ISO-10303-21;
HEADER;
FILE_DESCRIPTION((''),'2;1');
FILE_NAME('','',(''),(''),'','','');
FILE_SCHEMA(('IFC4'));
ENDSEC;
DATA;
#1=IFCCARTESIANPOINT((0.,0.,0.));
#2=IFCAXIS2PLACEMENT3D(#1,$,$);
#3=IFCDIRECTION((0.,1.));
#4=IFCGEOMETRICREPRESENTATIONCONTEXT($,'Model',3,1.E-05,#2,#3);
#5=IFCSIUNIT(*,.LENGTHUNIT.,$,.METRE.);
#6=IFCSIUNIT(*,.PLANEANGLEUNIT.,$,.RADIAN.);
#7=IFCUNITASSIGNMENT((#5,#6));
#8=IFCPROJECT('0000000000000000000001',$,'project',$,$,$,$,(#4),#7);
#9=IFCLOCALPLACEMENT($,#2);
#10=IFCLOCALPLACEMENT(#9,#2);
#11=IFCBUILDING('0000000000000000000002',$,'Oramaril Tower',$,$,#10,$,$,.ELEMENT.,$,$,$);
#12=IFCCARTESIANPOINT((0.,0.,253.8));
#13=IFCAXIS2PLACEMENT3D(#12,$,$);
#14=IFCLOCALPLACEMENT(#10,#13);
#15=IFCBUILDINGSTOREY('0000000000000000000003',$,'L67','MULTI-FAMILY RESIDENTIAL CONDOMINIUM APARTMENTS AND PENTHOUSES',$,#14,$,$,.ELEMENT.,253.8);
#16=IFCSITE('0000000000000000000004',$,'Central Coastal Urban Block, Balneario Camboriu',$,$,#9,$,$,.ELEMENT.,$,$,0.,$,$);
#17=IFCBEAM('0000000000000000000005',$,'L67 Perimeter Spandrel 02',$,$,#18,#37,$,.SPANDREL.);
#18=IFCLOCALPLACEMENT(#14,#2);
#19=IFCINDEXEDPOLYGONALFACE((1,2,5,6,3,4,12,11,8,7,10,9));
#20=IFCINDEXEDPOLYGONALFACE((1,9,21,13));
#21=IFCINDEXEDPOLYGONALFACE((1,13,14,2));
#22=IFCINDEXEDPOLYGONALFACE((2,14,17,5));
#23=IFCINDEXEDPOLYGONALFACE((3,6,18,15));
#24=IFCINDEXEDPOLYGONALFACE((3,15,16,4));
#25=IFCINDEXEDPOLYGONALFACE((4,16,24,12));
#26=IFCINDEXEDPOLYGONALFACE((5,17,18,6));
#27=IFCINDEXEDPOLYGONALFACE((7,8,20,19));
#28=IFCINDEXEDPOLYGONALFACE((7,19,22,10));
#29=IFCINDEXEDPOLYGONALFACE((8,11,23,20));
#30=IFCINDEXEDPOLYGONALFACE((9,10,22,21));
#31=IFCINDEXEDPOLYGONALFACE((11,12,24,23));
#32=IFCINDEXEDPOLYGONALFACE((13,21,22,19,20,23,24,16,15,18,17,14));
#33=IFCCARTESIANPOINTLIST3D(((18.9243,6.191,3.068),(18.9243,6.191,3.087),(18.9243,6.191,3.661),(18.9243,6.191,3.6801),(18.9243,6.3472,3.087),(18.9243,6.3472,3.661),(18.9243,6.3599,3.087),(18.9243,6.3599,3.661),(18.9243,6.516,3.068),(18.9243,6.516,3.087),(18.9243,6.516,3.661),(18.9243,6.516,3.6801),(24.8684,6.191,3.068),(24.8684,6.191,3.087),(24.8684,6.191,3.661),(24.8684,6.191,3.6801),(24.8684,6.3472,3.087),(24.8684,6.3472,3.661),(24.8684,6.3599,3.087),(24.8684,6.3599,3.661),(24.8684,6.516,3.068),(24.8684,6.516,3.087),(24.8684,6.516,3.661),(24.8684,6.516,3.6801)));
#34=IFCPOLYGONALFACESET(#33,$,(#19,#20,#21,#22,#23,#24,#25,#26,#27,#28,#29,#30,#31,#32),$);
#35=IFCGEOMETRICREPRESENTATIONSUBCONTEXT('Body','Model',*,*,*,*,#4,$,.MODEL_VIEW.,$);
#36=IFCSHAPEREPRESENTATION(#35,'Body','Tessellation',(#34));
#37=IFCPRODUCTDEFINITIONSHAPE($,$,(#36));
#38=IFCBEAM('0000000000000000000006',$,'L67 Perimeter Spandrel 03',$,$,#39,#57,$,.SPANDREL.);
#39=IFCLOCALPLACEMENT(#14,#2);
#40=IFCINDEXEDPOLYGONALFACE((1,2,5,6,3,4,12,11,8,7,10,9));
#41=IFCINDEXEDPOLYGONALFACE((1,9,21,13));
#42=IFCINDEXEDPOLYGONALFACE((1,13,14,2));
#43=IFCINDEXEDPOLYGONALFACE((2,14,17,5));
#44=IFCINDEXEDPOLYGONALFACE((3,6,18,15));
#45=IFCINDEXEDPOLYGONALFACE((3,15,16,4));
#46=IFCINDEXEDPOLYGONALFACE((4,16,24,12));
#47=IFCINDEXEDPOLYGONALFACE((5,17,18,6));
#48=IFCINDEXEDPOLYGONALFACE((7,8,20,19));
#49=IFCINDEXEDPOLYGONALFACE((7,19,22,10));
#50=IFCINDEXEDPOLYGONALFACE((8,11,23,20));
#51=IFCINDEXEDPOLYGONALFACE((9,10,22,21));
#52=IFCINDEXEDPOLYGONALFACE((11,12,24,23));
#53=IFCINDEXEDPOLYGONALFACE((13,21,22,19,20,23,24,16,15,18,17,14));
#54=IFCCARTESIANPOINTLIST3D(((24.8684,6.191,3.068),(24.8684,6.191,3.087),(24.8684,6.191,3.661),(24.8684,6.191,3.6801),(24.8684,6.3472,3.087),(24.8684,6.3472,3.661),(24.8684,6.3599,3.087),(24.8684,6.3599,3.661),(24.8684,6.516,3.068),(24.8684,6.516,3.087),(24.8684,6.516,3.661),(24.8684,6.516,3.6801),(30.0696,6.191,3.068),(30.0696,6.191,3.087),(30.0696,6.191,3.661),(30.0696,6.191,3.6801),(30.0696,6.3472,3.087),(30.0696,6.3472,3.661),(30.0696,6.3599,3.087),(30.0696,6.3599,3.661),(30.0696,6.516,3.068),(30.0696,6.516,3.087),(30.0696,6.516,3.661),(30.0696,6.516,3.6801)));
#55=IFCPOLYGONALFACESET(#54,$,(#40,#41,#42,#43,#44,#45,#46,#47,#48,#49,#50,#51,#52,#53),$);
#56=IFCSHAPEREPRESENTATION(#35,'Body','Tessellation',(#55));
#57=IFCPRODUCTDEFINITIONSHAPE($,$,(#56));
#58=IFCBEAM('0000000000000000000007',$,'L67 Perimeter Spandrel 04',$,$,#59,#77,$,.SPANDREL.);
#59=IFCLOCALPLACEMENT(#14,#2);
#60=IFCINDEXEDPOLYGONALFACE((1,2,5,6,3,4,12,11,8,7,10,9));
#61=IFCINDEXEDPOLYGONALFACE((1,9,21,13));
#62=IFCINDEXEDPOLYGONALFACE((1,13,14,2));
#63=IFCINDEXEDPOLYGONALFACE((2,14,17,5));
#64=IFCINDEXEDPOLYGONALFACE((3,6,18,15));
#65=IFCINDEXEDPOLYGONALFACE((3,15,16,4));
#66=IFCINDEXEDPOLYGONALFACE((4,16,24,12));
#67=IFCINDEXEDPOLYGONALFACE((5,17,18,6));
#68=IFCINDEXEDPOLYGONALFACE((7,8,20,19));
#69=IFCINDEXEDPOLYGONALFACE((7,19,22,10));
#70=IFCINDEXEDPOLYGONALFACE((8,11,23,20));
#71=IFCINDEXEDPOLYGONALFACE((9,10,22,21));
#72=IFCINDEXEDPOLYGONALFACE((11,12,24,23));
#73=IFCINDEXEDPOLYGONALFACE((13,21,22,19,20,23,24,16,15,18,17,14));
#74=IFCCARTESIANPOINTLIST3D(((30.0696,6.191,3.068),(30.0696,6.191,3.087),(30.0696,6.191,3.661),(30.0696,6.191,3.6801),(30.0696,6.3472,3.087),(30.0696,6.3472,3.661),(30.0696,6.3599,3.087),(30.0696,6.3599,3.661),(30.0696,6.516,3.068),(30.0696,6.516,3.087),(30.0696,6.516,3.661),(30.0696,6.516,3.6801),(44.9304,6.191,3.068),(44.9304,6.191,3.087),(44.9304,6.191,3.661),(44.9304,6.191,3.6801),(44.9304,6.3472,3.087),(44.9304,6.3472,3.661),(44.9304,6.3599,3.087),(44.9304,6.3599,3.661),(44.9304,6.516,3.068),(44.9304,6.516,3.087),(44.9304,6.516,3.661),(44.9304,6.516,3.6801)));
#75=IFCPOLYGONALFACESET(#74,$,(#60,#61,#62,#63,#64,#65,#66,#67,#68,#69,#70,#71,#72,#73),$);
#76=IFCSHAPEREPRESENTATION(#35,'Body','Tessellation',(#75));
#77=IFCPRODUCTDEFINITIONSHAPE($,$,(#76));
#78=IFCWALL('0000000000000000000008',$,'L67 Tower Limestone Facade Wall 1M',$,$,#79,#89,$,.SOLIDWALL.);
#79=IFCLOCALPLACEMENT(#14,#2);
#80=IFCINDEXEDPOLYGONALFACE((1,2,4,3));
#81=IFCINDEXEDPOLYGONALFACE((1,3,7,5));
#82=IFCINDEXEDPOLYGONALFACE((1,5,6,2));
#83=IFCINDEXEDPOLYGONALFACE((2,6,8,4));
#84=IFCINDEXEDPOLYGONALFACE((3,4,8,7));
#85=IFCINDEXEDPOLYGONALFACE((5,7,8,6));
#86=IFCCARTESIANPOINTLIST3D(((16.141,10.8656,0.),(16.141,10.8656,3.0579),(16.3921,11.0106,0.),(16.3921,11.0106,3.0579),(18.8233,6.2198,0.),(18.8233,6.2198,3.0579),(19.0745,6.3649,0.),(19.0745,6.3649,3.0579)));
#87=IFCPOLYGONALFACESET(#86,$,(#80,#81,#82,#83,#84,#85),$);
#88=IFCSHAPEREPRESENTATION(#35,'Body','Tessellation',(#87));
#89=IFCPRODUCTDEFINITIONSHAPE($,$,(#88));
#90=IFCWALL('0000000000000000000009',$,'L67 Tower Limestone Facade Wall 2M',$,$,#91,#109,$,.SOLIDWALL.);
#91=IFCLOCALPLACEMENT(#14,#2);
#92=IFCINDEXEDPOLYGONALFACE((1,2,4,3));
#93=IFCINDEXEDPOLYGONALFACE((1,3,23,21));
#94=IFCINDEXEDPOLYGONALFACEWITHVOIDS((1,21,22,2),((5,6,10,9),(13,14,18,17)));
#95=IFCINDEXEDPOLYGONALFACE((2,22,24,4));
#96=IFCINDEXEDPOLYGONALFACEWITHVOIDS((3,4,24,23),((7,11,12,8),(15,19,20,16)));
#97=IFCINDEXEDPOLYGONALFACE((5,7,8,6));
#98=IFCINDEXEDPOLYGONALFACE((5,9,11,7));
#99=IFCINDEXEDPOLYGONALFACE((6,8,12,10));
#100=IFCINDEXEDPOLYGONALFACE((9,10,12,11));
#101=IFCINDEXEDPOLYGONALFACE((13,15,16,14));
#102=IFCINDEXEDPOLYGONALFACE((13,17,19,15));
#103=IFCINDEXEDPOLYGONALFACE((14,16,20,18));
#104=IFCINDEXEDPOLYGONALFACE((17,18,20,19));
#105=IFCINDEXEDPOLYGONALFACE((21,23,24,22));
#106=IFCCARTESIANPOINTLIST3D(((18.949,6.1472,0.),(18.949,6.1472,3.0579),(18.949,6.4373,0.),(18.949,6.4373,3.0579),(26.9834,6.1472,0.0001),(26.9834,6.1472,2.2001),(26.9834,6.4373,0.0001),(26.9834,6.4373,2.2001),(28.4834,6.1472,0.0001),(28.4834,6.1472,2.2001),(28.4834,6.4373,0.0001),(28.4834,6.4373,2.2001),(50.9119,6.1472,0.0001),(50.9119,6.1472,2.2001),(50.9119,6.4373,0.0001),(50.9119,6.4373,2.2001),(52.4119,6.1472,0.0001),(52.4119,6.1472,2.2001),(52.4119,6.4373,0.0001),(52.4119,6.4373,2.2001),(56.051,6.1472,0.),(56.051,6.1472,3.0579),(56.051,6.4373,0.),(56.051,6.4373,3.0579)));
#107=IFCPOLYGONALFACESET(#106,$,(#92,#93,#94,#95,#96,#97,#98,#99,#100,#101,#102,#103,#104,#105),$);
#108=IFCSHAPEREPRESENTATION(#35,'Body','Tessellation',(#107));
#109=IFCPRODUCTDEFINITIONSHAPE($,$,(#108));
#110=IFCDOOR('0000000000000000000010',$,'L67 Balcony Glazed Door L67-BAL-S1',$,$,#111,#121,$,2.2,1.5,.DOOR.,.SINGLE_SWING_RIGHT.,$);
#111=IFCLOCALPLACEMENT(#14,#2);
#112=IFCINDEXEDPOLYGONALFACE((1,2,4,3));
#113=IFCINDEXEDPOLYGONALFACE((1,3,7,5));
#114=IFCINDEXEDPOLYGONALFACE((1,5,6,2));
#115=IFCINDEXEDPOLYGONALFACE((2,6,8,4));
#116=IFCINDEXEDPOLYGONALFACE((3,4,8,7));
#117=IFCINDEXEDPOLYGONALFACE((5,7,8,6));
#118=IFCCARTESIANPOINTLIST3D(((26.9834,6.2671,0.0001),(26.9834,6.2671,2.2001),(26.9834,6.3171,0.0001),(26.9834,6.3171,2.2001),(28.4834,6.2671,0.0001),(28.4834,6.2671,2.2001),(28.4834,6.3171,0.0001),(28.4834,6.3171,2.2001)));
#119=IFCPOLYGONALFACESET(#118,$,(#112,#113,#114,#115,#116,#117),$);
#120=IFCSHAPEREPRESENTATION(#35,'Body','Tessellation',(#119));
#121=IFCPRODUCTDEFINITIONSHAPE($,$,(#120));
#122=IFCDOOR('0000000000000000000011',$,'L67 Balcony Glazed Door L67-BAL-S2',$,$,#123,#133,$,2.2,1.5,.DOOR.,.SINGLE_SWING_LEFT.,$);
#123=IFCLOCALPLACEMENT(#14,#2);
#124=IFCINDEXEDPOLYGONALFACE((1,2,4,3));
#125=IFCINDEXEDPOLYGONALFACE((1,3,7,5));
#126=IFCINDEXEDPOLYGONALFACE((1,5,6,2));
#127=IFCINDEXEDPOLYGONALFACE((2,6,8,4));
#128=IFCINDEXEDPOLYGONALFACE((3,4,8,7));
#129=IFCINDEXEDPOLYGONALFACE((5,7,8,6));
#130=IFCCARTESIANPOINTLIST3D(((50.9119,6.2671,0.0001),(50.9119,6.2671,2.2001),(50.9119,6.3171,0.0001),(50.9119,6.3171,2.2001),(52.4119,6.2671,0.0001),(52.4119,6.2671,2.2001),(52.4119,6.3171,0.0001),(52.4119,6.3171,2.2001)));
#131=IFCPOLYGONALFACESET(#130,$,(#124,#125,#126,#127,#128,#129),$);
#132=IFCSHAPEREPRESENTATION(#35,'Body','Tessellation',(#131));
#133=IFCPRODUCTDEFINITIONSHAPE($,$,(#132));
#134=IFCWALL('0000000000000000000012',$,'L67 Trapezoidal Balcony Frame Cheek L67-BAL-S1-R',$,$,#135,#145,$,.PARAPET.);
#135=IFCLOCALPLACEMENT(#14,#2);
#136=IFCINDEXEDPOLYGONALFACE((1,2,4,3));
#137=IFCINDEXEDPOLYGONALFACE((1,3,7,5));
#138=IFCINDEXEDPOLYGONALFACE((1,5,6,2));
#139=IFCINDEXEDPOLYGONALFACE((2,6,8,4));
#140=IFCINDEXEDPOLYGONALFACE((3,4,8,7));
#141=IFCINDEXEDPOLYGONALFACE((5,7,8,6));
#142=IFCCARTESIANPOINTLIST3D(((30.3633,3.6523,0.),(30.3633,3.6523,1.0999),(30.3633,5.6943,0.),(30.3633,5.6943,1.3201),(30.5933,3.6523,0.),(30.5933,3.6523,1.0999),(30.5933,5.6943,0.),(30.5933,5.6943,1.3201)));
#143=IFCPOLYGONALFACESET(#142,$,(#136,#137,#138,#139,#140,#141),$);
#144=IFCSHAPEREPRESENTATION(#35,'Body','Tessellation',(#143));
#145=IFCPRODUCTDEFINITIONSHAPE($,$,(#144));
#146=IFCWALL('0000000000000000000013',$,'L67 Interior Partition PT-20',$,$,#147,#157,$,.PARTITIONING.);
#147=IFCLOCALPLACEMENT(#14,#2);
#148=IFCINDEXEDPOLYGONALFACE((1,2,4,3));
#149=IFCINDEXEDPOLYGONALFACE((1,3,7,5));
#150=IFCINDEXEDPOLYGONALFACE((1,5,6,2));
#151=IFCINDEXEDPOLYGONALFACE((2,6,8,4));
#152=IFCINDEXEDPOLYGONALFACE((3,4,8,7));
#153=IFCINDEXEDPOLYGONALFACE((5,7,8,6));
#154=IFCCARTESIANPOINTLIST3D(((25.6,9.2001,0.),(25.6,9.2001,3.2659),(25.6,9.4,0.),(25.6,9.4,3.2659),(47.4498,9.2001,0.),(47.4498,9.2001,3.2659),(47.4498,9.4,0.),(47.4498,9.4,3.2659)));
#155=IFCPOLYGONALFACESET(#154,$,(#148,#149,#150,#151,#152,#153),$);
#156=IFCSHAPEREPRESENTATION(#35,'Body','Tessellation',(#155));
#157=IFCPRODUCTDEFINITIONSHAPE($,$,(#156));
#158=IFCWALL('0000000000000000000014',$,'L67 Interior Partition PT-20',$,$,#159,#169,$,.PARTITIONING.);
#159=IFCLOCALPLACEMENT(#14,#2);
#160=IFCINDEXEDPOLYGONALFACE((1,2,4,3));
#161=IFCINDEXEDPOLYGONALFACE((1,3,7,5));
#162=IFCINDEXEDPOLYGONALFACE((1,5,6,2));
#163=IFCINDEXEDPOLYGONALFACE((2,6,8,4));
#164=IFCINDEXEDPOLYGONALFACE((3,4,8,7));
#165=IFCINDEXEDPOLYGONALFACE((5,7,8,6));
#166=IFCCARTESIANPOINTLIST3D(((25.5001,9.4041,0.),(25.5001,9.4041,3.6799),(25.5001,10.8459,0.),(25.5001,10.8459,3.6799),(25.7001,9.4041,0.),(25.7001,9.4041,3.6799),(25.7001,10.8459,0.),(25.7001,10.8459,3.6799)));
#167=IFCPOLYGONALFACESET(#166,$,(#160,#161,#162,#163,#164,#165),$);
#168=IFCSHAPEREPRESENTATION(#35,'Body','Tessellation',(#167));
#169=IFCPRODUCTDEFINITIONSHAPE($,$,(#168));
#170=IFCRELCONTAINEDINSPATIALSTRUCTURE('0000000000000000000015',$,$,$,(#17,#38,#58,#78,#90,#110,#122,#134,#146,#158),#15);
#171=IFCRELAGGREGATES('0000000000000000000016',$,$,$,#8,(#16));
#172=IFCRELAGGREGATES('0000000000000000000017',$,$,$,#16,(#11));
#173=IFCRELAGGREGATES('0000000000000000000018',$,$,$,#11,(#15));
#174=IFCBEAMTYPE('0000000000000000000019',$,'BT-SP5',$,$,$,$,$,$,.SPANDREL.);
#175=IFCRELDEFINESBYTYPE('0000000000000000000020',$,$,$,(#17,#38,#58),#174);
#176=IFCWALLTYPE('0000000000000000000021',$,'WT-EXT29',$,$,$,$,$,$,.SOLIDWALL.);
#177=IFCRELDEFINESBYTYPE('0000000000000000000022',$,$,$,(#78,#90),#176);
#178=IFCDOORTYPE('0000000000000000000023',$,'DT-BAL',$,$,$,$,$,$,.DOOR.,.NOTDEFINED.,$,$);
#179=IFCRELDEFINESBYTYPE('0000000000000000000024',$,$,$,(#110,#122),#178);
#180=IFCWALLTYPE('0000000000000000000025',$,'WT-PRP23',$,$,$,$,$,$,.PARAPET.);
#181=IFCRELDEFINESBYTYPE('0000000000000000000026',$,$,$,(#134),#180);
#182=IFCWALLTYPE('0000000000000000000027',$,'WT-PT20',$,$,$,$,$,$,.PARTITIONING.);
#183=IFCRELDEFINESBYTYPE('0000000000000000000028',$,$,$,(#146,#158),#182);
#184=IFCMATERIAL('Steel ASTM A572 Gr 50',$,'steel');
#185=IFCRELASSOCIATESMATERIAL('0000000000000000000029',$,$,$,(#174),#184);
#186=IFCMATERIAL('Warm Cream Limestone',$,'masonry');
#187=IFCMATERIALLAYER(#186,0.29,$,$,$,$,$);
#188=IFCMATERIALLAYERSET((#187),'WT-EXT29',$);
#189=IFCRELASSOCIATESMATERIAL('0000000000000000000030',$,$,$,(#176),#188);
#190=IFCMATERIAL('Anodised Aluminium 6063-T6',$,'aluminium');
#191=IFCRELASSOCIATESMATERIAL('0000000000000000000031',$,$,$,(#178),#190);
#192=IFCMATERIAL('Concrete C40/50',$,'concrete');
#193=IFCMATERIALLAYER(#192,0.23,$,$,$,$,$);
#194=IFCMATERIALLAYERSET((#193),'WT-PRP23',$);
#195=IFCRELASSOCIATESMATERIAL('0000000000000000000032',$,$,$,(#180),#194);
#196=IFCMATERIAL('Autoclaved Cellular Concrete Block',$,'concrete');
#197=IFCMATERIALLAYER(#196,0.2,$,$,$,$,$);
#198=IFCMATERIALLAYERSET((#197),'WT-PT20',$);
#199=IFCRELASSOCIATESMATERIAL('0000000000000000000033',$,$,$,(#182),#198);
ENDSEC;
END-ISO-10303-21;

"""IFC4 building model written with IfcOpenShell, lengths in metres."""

from ifc_helpers import new_model, si_unit, direction, frame, frame_2d, origin, origin_2d, place, context, subcontext, project, spatial, polyline, rectangle, i_section, outline, extrude, material, layer, layer_set, material_profile, profile_set, type_object, element, fill, save


model = new_model("IFC4")

# Units and contexts
model_context = context("Model", 3, precision=1e-05, world=origin(), true_north=direction((0.0, 1.0)))
body_context = subcontext(model_context, "Body", "Model", "MODEL_VIEW")
ifc_project = project(units=[si_unit("LENGTHUNIT", "METRE"), si_unit("PLANEANGLEUNIT", "RADIAN")], contexts=[model_context])

# Site, building, storey
site_placement = place(None, origin())
site = spatial("IfcSite", under=ifc_project, at=site_placement, Name="Central Coastal Urban Block, Balneario Camboriu", CompositionType="ELEMENT", RefElevation=0.0)
building_placement = place(site_placement, origin())
building = spatial("IfcBuilding", under=site, at=building_placement, Name="Oramaril Tower", CompositionType="ELEMENT")
storey_placement = place(building_placement, frame((0.0, 0.0, 253.8)))
storey = spatial("IfcBuildingStorey", under=building, at=storey_placement, Name="L67", Description="MULTI-FAMILY RESIDENTIAL CONDOMINIUM APARTMENTS AND PENTHOUSES", CompositionType="ELEMENT", Elevation=253.8)

# Beams
ifc_material_1 = material(Name="Steel ASTM A572 Gr 50", Category="steel")
ifc_material_profile_1 = material_profile(ifc_material_1, i_section(OverallWidth=0.325, OverallDepth=0.6121, WebThickness=0.0127, FlangeThickness=0.019, at=origin_2d()), Name="W24X104")
ifc_profile_set_1 = profile_set([ifc_material_profile_1], Name="Steel ASTM A572 Gr 50")
beam_type_1 = type_object("IfcBeamType", Name="BT-SP5", PredefinedType="SPANDREL", material=ifc_profile_set_1)
beam_1_placement = place(storey_placement, frame((18.9243, 6.3535, 3.374), z_axis=(1.0, 0.0, 0.0), x_axis=(0.0, 1.0, 0.0)))
element("IfcBeam", 1, at=beam_1_placement, inside=storey, type_object=beam_type_1, Name="L67 Perimeter Spandrel 02", PredefinedType="SPANDREL", context=body_context, shape_type="SweptSolid", body=[
    extrude(i_section(OverallWidth=0.325, OverallDepth=0.6121, WebThickness=0.0127, FlangeThickness=0.019, at=origin_2d()), origin(), (0.0, 0.0, 1.0), 5.9441),
])
beam_2_placement = place(storey_placement, frame((24.8684, 6.3535, 3.374), z_axis=(1.0, 0.0, 0.0), x_axis=(0.0, 1.0, 0.0)))
element("IfcBeam", 2, at=beam_2_placement, inside=storey, type_object=beam_type_1, Name="L67 Perimeter Spandrel 03", PredefinedType="SPANDREL", context=body_context, shape_type="SweptSolid", body=[
    extrude(i_section(OverallWidth=0.325, OverallDepth=0.6121, WebThickness=0.0127, FlangeThickness=0.019, at=origin_2d()), origin(), (0.0, 0.0, 1.0), 5.2012),
])
beam_3_placement = place(storey_placement, frame((30.0696, 6.3535, 3.374), z_axis=(1.0, 0.0, 0.0), x_axis=(0.0, 1.0, 0.0)))
element("IfcBeam", 3, at=beam_3_placement, inside=storey, type_object=beam_type_1, Name="L67 Perimeter Spandrel 04", PredefinedType="SPANDREL", context=body_context, shape_type="SweptSolid", body=[
    extrude(i_section(OverallWidth=0.325, OverallDepth=0.6121, WebThickness=0.0127, FlangeThickness=0.019, at=origin_2d()), origin(), (0.0, 0.0, 1.0), 14.8608),
])

# Wall
ifc_material_2 = material(Name="Warm Cream Limestone", Category="masonry")
ifc_layer_1 = layer(ifc_material_2, 0.29)
ifc_layer_set_1 = layer_set([ifc_layer_1], Name="WT-EXT29")
wall_type_1 = type_object("IfcWallType", Name="WT-EXT29", PredefinedType="SOLIDWALL", material=ifc_layer_set_1)
wall_1_placement = place(storey_placement, frame((16.2666, 10.938, 0.0), z_axis=(0.0, 0.0, 1.0), x_axis=(0.500021, -0.866014, 0.0)))
element("IfcWall", 4, at=wall_1_placement, inside=storey, type_object=wall_type_1, Name="L67 Tower Limestone Facade Wall 1M", PredefinedType="SOLIDWALL", context=body_context, shape_type="SweptSolid", body=[
    extrude(rectangle(XDim=5.3645, YDim=0.29, at=frame_2d((2.6821, 0.0))), origin(), (0.0, 0.0, 1.0), 3.0579),
])

# Wall, openings, doors
wall_2_placement = place(storey_placement, frame((18.949, 6.2922, 0.0), z_axis=(0.0, 0.0, 1.0), x_axis=(1.0, 0.0, 0.0)))
wall_2 = element("IfcWall", 5, at=wall_2_placement, inside=storey, type_object=wall_type_1, Name="L67 Tower Limestone Facade Wall 2M", PredefinedType="SOLIDWALL", context=body_context, shape_type="SweptSolid", body=[
    extrude(rectangle(XDim=37.1021, YDim=0.29, at=frame_2d((18.551, 0.0))), origin(), (0.0, 0.0, 1.0), 3.0579),
])
opening_1_placement = place(wall_2_placement, frame((8.0344, 0.0, 0.0)))
opening_1 = element("IfcOpeningElement", 6, at=opening_1_placement, cuts=wall_2, PredefinedType="OPENING", context=body_context, shape_type="SweptSolid", body=[
    extrude(rectangle(XDim=1.5, YDim=2.2, at=frame_2d((0.75, 1.1001))), frame((0.0, 0.145, 0.0), z_axis=(0.0, -1.0, 0.0), x_axis=(1.0, 0.0, 0.0)), (0.0, 0.0, 1.0), 0.29),
])
opening_2_placement = place(wall_2_placement, frame((31.9629, 0.0, 0.0)))
opening_2 = element("IfcOpeningElement", 7, at=opening_2_placement, cuts=wall_2, PredefinedType="OPENING", context=body_context, shape_type="SweptSolid", body=[
    extrude(rectangle(XDim=1.5, YDim=2.2, at=frame_2d((0.75, 1.1001))), frame((0.0, 0.145, 0.0), z_axis=(0.0, -1.0, 0.0), x_axis=(1.0, 0.0, 0.0)), (0.0, 0.0, 1.0), 0.29),
])
ifc_material_3 = material(Name="Anodised Aluminium 6063-T6", Category="aluminium")
door_type = type_object("IfcDoorType", Name="DT-BAL", OperationType="NOTDEFINED", PredefinedType="DOOR", material=ifc_material_3)
door_1_placement = place(opening_1_placement, origin())
door_1 = element("IfcDoor", 8, at=door_1_placement, inside=storey, type_object=door_type, Name="L67 Balcony Glazed Door L67-BAL-S1", OperationType="SINGLE_SWING_RIGHT", OverallHeight=2.2, OverallWidth=1.5, PredefinedType="DOOR", context=body_context, shape_type="SweptSolid", body=[
    extrude(rectangle(XDim=1.5, YDim=2.2, at=frame_2d((0.75, 1.1001))), frame((0.0, 0.0249, 0.0), z_axis=(0.0, -1.0, 0.0), x_axis=(1.0, 0.0, 0.0)), (0.0, 0.0, 1.0), 0.05),
])
fill(opening_1, door_1)
door_2_placement = place(opening_2_placement, origin())
door_2 = element("IfcDoor", 9, at=door_2_placement, inside=storey, type_object=door_type, Name="L67 Balcony Glazed Door L67-BAL-S2", OperationType="SINGLE_SWING_LEFT", OverallHeight=2.2, OverallWidth=1.5, PredefinedType="DOOR", context=body_context, shape_type="SweptSolid", body=[
    extrude(rectangle(XDim=1.5, YDim=2.2, at=frame_2d((0.75, 1.1001))), frame((0.0, 0.0249, 0.0), z_axis=(0.0, -1.0, 0.0), x_axis=(1.0, 0.0, 0.0)), (0.0, 0.0, 1.0), 0.05),
])
fill(opening_2, door_2)

# Walls
ifc_material_4 = material(Name="Concrete C40/50", Category="concrete")
ifc_layer_2 = layer(ifc_material_4, 0.23)
ifc_layer_set_2 = layer_set([ifc_layer_2], Name="WT-PRP23")
wall_type_2 = type_object("IfcWallType", Name="WT-PRP23", PredefinedType="PARAPET", material=ifc_layer_set_2)
wall_3_placement = place(storey_placement, frame((30.4783, 5.6943, 0.0), z_axis=(0.0, 0.0, 1.0), x_axis=(0.0, -1.0, 0.0)))
element("IfcWall", 10, at=wall_3_placement, inside=storey, type_object=wall_type_2, Name="L67 Trapezoidal Balcony Frame Cheek L67-BAL-S1-R", PredefinedType="PARAPET", context=body_context, shape_type="SweptSolid", body=[
    extrude(outline(polyline([(0.0, 0.0), (2.042, 0.0), (2.042, 1.0999), (0.0, 1.3201), (0.0, 0.0)])), frame((0.0, 0.115, 0.0), z_axis=(0.0, -1.0, 0.0), x_axis=(1.0, 0.0, 0.0)), (0.0, 0.0, 1.0), 0.23),
])
ifc_material_5 = material(Name="Autoclaved Cellular Concrete Block", Category="concrete")
ifc_layer_3 = layer(ifc_material_5, 0.2)
ifc_layer_set_3 = layer_set([ifc_layer_3], Name="WT-PT20")
wall_type_3 = type_object("IfcWallType", Name="WT-PT20", PredefinedType="PARTITIONING", material=ifc_layer_set_3)
wall_4_placement = place(storey_placement, frame((25.6001, 9.3, 0.0), z_axis=(0.0, 0.0, 1.0), x_axis=(1.0, 0.0, 0.0)))
element("IfcWall", 11, at=wall_4_placement, inside=storey, type_object=wall_type_3, Name="L67 Interior Partition PT-20", PredefinedType="PARTITIONING", context=body_context, shape_type="SweptSolid", body=[
    extrude(rectangle(XDim=21.8499, YDim=0.2, at=frame_2d((10.9248, 0.0))), origin(), (0.0, 0.0, 1.0), 3.2659),
])
wall_5_placement = place(storey_placement, frame((25.6001, 9.4041, 0.0), z_axis=(0.0, 0.0, 1.0), x_axis=(0.0, 1.0, 0.0)))
element("IfcWall", 12, at=wall_5_placement, inside=storey, type_object=wall_type_3, Name="L67 Interior Partition PT-20", PredefinedType="PARTITIONING", context=body_context, shape_type="SweptSolid", body=[
    extrude(rectangle(XDim=1.4419, YDim=0.2, at=frame_2d((0.7209, 0.0))), origin(), (0.0, 0.0, 1.0), 3.6799),
])

save(model, "model.ifc")
